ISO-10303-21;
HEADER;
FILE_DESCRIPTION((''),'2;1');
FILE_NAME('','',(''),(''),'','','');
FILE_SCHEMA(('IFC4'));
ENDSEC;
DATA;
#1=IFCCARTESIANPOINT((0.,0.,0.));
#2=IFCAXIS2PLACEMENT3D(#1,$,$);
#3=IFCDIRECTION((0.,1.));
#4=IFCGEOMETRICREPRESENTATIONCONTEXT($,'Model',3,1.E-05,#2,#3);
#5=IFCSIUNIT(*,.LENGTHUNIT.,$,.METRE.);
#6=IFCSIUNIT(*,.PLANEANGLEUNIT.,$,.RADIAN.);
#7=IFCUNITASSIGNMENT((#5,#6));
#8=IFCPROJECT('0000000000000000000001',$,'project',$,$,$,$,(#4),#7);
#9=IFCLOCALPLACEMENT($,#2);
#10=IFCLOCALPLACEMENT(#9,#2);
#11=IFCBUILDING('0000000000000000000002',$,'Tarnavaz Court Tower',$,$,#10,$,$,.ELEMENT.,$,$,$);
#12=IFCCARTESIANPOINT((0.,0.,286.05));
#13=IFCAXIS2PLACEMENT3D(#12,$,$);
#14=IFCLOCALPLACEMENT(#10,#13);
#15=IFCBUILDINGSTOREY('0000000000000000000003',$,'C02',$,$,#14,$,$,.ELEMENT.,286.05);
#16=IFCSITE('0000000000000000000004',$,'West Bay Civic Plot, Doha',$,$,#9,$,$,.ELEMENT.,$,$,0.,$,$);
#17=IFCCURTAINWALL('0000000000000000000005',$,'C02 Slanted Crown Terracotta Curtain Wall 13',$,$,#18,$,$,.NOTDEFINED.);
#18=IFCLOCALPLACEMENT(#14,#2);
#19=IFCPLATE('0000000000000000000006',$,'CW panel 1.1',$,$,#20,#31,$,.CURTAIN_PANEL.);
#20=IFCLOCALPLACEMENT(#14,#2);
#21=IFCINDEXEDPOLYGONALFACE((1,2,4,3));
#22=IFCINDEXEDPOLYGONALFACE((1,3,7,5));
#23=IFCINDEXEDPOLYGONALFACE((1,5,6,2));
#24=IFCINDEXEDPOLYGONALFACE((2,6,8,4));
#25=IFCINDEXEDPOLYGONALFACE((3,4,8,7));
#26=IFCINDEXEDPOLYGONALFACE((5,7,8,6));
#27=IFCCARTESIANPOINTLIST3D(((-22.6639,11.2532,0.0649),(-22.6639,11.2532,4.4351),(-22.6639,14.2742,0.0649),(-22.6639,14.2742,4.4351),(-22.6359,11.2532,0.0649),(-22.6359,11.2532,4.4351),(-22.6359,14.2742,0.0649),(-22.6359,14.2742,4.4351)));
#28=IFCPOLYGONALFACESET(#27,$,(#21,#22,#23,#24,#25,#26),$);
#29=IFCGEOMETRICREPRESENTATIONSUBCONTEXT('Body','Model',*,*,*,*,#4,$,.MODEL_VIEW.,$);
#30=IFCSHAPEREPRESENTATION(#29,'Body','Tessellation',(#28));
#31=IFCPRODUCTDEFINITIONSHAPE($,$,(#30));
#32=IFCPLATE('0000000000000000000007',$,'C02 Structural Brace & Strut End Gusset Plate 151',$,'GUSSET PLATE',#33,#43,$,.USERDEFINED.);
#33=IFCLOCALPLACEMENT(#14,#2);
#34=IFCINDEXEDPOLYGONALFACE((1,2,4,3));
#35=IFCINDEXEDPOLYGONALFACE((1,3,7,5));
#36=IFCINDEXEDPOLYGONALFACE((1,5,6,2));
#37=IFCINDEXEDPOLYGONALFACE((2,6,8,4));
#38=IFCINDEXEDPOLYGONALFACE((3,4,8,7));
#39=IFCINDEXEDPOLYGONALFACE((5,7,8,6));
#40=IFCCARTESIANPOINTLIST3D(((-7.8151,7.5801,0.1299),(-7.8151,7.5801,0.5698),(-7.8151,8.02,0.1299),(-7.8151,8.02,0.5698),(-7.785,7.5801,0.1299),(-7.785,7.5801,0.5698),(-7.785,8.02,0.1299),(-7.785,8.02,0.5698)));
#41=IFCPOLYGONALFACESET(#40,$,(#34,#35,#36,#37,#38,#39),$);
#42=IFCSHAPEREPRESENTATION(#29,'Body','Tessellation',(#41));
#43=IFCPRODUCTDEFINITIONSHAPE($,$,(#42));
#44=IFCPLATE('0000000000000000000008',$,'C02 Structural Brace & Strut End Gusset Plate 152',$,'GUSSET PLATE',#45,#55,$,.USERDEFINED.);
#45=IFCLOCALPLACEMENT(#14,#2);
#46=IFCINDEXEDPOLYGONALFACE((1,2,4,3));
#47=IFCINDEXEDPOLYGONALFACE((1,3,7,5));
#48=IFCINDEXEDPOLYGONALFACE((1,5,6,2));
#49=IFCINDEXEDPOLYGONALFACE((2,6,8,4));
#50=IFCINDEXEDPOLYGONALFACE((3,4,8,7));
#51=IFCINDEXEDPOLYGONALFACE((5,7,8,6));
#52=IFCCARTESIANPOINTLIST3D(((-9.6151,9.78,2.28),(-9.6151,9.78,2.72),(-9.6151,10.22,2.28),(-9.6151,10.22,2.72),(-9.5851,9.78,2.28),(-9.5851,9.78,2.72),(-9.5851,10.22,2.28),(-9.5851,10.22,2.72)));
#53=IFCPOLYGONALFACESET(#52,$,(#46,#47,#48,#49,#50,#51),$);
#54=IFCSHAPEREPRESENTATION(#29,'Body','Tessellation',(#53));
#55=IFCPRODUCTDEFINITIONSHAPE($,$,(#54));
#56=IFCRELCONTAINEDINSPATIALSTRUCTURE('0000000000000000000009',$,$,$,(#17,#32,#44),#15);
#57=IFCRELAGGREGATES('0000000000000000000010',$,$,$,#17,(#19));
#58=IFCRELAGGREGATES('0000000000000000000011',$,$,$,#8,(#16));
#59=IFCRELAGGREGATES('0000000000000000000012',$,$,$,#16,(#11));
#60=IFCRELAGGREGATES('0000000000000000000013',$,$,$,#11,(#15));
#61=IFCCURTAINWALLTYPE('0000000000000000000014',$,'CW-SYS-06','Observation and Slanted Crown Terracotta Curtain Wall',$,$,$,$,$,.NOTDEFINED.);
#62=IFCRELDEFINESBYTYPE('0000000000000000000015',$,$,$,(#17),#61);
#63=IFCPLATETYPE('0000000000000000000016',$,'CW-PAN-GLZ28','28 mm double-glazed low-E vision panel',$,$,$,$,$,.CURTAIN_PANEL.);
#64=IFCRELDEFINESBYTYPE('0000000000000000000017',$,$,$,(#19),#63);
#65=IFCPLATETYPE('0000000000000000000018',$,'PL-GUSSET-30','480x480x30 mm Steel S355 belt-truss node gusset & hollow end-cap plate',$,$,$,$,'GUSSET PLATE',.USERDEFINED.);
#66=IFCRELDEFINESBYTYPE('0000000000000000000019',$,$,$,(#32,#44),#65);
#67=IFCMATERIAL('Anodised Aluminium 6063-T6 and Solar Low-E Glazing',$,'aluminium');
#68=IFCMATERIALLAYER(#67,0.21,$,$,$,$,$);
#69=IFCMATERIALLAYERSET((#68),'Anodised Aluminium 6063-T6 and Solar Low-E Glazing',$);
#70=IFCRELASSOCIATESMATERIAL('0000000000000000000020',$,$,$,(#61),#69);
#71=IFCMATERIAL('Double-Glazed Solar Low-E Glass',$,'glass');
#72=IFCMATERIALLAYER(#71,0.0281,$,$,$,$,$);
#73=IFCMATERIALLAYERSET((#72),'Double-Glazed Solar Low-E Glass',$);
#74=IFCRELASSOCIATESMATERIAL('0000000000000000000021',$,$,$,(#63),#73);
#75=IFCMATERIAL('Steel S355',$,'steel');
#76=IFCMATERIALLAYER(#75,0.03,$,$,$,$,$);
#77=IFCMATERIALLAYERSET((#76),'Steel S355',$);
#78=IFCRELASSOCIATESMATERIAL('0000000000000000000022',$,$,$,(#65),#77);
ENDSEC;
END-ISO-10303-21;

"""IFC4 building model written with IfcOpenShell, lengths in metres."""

from ifc_helpers import new_model, si_unit, direction, frame, origin, origin_2d, place, context, subcontext, project, spatial, rectangle, extrude, material, layer, layer_set, type_object, element, aggregate, save


model = new_model("IFC4")

# Units and contexts
model_context = context("Model", 3, precision=1e-05, world=origin(), true_north=direction((0.0, 1.0)))
body_context = subcontext(model_context, "Body", "Model", "MODEL_VIEW")
ifc_project = project(units=[si_unit("LENGTHUNIT", "METRE"), si_unit("PLANEANGLEUNIT", "RADIAN")], contexts=[model_context])

# Site, building, storey
site_placement = place(None, origin())
site = spatial("IfcSite", under=ifc_project, at=site_placement, Name="West Bay Civic Plot, Doha", CompositionType="ELEMENT", RefElevation=0.0)
building_placement = place(site_placement, origin())
building = spatial("IfcBuilding", under=site, at=building_placement, Name="Tarnavaz Court Tower", CompositionType="ELEMENT")
storey_placement = place(building_placement, frame((0.0, 0.0, 286.05)))
storey = spatial("IfcBuildingStorey", under=building, at=storey_placement, Name="C02", CompositionType="ELEMENT", Elevation=286.05)

# Shared definitions
ifc_material_1 = material(Name="Steel S355", Category="steel")

# Shared definitions
ifc_material_2 = material(Name="Anodised Aluminium 6063-T6 and Solar Low-E Glazing", Category="aluminium")
ifc_layer_1 = layer(ifc_material_2, 0.21)
ifc_layer_set_1 = layer_set([ifc_layer_1], Name="Anodised Aluminium 6063-T6 and Solar Low-E Glazing")
curtain_wall_type = type_object("IfcCurtainWallType", Name="CW-SYS-06", Description="Observation and Slanted Crown Terracotta Curtain Wall", PredefinedType="NOTDEFINED", material=ifc_layer_set_1)

# Curtain wall
curtain_wall_1_placement = place(storey_placement, origin())
curtain_wall_1 = element("IfcCurtainWall", 1, at=curtain_wall_1_placement, inside=storey, type_object=curtain_wall_type, Name="C02 Slanted Crown Terracotta Curtain Wall 13", PredefinedType="NOTDEFINED")

# Plate
ifc_material_3 = material(Name="Double-Glazed Solar Low-E Glass", Category="glass")
ifc_layer_2 = layer(ifc_material_3, 0.0281)
ifc_layer_set_2 = layer_set([ifc_layer_2], Name="Double-Glazed Solar Low-E Glass")
plate_type_1 = type_object("IfcPlateType", Name="CW-PAN-GLZ28", Description="28 mm double-glazed low-E vision panel", PredefinedType="CURTAIN_PANEL", material=ifc_layer_set_2)
plate_1_placement = place(storey_placement, frame((-22.6499, 12.7637, 0.0649), z_axis=(0.0, 0.0, 1.0), x_axis=(0.0, 1.0, 0.0)))
plate_1 = element("IfcPlate", 2, at=plate_1_placement, type_object=plate_type_1, Name="CW panel 1.1", PredefinedType="CURTAIN_PANEL", context=body_context, shape_type="SweptSolid", body=[
    extrude(rectangle(XDim=3.021, YDim=0.0281, at=origin_2d()), origin(), (0.0, 0.0, 1.0), 4.3701),
])
aggregate(curtain_wall_1, [plate_1])

# Plates
ifc_layer_3 = layer(ifc_material_1, 0.03)
ifc_layer_set_3 = layer_set([ifc_layer_3], Name="Steel S355")
plate_type_2 = type_object("IfcPlateType", Name="PL-GUSSET-30", Description="480x480x30 mm Steel S355 belt-truss node gusset & hollow end-cap plate", ElementType="GUSSET PLATE", PredefinedType="USERDEFINED", material=ifc_layer_set_3)
for number, where, z_axis, x_axis, name in (
    (3, (-7.8, 7.8, 0.1299), (0.0, 0.0, 1.0), (0.0, 1.0, 0.0), "C02 Structural Brace & Strut End Gusset Plate 151"),
    (4, (-9.6001, 10.0, 2.28), (0.0, 0.0, 1.0), (0.0, 1.0, 0.0), "C02 Structural Brace & Strut End Gusset Plate 152"),
):
    element("IfcPlate", number, at=place(storey_placement, frame(where, z_axis=z_axis, x_axis=x_axis)), inside=storey, type_object=plate_type_2, Name=name, ObjectType="GUSSET PLATE", PredefinedType="USERDEFINED", context=body_context, shape_type="SweptSolid", body=[
        extrude(rectangle(XDim=0.4399, YDim=0.03, at=origin_2d()), origin(), (0.0, 0.0, 1.0), 0.4399),
    ])

save(model, "model.ifc")
